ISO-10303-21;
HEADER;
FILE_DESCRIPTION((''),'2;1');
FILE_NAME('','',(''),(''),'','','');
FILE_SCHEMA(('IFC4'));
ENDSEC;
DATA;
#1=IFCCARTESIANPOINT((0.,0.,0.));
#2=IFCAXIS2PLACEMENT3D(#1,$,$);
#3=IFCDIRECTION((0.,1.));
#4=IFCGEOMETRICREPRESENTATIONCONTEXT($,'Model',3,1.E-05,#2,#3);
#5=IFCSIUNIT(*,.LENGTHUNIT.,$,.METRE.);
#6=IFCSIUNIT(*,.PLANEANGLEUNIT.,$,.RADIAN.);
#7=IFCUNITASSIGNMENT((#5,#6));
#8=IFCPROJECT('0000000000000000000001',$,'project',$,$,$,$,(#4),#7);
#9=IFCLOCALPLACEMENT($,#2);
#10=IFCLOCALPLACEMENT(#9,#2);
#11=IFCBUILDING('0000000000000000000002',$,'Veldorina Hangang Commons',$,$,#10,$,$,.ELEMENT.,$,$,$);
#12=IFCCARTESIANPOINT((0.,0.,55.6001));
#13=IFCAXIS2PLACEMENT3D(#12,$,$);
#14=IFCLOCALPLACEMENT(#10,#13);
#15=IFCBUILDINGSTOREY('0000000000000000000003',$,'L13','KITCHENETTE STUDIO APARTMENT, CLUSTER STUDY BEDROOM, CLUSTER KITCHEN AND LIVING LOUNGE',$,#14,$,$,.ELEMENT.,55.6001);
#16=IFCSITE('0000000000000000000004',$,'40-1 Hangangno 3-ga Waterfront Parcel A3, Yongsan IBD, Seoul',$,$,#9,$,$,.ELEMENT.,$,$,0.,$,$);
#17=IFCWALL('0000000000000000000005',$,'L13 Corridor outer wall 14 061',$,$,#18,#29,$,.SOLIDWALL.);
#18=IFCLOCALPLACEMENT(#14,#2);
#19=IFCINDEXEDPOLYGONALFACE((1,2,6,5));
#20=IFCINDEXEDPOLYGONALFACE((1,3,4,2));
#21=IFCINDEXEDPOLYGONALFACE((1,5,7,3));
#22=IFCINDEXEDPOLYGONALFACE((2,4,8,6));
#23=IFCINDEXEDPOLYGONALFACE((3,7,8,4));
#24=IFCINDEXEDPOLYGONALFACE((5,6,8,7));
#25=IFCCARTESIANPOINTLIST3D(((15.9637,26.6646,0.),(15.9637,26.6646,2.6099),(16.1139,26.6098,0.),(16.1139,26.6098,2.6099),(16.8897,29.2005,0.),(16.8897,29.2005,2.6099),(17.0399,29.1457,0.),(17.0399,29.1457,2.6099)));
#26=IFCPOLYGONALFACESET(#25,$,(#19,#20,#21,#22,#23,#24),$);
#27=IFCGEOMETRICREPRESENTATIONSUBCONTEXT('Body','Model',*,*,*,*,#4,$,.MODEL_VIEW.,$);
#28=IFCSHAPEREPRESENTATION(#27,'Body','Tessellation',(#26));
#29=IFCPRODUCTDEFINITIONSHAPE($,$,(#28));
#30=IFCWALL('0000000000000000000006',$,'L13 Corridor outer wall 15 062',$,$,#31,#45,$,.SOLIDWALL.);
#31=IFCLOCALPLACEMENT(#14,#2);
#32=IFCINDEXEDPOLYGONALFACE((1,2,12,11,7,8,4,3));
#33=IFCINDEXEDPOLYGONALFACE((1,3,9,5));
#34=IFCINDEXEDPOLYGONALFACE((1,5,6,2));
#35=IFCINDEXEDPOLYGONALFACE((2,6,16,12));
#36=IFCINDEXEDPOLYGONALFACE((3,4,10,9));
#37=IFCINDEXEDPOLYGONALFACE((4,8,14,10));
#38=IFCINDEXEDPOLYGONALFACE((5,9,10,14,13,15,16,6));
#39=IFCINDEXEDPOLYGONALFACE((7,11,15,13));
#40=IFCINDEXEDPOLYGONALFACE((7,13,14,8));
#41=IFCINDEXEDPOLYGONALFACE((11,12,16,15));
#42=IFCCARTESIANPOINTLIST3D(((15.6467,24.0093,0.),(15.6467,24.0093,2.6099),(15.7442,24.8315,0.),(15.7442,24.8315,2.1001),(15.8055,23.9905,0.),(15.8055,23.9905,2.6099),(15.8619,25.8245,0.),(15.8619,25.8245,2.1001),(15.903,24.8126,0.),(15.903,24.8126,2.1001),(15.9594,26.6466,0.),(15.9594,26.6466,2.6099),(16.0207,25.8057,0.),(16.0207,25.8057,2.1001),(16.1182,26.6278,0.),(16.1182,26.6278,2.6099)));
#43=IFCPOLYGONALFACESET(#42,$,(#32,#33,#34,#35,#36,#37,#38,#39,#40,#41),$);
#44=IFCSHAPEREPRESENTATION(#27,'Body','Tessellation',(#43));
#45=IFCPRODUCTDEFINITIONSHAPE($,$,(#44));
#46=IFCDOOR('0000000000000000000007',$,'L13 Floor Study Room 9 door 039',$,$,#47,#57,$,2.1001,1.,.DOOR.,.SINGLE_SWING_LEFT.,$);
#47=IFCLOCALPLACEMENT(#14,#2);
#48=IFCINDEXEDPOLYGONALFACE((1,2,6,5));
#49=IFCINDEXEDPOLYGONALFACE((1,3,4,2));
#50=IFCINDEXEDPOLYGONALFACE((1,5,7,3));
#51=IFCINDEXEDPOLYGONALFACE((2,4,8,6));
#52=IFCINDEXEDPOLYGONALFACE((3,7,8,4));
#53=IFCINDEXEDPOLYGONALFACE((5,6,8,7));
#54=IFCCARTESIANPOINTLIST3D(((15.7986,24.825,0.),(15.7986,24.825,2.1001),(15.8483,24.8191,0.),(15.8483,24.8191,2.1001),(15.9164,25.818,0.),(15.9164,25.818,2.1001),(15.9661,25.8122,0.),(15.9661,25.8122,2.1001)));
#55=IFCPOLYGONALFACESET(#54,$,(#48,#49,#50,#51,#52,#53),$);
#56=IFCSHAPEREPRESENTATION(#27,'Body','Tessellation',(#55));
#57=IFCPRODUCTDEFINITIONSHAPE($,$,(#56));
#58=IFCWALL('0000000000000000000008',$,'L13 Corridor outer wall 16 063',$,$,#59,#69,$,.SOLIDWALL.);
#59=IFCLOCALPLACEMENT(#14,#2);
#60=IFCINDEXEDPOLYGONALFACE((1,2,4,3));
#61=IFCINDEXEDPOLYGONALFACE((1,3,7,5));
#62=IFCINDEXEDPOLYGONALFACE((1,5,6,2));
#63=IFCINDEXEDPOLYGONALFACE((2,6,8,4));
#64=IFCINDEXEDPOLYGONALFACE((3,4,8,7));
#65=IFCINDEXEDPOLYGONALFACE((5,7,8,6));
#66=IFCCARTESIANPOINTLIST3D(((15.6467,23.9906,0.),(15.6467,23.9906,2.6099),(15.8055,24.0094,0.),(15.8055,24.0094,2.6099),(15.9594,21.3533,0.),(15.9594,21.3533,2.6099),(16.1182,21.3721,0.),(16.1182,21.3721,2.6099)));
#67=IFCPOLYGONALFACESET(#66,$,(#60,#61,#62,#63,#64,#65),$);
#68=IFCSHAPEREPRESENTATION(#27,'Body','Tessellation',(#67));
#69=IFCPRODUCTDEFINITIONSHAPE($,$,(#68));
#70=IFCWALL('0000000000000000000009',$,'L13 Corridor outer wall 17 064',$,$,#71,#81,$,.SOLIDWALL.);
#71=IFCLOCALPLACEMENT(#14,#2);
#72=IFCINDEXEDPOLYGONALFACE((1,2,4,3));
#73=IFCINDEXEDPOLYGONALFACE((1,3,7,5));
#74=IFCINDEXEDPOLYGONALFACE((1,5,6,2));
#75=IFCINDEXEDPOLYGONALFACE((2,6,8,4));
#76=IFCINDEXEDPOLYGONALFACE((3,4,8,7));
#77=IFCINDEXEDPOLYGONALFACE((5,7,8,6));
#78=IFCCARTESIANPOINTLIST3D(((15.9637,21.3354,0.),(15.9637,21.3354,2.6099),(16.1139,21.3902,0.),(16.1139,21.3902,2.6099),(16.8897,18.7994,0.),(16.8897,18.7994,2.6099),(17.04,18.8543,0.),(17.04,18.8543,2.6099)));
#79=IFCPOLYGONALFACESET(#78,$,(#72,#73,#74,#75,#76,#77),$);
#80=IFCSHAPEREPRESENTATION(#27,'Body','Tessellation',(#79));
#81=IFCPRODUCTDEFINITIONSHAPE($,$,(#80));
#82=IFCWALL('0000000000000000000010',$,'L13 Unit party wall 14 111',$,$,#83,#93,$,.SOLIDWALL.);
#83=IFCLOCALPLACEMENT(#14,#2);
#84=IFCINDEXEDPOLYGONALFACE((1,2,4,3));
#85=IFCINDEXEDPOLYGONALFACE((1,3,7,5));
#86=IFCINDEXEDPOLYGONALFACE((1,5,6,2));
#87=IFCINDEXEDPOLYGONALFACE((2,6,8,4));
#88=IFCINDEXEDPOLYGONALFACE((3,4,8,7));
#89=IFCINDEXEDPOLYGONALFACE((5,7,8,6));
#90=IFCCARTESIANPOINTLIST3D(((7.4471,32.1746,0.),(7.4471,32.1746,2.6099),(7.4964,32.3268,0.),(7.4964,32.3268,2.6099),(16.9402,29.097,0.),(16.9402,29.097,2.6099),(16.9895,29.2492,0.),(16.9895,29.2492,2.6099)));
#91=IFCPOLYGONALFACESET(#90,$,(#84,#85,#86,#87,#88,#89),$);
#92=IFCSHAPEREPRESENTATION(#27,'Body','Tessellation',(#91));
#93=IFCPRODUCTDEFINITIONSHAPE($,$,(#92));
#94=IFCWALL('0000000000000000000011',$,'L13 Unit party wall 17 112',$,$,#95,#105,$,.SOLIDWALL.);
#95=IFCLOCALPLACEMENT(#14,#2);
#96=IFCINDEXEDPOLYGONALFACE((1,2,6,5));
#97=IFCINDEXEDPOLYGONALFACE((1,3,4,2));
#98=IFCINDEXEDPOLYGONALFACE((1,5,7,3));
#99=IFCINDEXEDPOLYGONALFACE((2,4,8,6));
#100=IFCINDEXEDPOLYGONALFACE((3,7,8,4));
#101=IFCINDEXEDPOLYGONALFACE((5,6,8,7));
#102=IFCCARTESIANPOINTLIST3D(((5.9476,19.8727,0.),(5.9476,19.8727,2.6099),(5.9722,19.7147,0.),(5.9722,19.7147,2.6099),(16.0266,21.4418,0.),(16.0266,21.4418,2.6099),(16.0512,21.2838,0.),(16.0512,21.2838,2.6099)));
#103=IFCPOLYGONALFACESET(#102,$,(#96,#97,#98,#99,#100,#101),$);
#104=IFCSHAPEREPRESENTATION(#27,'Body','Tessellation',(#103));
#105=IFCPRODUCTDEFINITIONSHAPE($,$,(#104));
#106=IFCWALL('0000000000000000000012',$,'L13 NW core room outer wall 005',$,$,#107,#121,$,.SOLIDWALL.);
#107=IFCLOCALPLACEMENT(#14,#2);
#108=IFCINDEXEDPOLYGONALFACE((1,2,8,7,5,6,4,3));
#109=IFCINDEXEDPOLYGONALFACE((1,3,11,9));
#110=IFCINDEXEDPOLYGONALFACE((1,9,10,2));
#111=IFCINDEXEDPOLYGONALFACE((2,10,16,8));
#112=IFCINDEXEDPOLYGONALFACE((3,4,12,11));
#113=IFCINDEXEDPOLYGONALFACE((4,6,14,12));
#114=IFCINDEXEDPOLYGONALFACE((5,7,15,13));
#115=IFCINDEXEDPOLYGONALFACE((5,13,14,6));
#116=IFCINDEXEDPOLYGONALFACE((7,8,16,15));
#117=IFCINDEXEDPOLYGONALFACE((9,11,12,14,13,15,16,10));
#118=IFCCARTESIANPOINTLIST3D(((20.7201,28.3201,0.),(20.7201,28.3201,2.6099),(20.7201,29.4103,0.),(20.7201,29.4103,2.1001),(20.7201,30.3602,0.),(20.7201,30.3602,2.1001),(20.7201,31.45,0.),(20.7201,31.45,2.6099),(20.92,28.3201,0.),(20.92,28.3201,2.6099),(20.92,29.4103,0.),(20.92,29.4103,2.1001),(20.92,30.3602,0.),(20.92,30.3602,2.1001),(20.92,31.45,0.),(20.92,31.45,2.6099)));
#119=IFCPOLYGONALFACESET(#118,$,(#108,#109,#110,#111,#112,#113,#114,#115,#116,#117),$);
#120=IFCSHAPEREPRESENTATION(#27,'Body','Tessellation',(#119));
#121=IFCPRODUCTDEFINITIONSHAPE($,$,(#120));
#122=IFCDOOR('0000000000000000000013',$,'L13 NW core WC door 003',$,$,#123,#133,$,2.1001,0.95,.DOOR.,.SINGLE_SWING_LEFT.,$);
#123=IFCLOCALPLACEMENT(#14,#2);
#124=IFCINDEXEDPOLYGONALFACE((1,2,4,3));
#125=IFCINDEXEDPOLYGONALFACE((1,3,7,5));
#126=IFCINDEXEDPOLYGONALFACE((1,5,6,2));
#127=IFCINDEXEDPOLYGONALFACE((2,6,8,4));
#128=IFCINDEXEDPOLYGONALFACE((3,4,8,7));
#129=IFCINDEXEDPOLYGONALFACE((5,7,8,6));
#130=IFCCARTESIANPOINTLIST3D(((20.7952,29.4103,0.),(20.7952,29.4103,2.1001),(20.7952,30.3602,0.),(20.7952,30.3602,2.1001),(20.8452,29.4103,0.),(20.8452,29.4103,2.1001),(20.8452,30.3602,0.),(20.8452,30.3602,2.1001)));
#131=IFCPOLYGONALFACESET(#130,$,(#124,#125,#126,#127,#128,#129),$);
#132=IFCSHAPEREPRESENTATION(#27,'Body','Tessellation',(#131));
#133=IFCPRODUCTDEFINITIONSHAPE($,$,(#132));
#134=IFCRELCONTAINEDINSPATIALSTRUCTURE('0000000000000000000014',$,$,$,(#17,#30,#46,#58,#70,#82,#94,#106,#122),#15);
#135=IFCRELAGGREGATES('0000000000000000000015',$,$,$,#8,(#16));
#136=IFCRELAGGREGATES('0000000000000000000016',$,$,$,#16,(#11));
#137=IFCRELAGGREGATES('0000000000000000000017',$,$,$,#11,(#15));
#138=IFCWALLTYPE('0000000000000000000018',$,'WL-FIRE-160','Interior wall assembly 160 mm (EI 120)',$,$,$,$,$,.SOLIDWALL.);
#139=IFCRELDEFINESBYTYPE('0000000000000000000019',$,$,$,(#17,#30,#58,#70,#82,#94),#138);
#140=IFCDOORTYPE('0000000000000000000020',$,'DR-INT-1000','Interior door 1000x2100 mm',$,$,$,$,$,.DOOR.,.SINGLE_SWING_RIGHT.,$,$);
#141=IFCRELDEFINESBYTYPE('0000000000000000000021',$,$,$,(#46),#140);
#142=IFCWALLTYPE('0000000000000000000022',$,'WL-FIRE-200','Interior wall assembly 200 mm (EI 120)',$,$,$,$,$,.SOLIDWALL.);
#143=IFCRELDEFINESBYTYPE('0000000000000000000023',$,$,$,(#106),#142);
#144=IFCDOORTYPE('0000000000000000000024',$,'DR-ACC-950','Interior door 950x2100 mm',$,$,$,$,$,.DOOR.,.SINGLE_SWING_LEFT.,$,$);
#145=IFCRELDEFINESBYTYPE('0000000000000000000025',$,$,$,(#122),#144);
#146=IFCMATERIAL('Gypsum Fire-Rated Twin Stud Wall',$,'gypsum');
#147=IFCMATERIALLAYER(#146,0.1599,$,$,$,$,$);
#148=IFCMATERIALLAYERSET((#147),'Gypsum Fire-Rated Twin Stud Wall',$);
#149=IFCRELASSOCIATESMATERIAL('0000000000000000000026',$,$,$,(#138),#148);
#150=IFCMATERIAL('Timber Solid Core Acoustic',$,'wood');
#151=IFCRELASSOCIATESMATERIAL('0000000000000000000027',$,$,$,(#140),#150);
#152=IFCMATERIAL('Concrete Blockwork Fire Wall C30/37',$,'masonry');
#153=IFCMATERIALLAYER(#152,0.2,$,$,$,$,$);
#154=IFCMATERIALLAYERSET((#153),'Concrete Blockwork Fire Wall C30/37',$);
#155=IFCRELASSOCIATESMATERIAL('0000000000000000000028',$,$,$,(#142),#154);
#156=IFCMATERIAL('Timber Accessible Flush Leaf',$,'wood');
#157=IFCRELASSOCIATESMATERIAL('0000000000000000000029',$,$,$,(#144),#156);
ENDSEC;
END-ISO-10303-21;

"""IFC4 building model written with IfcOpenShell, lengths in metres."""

from ifc_helpers import new_model, si_unit, direction, frame, frame_2d, origin, place, context, subcontext, project, spatial, rectangle, extrude, material, layer, layer_set, type_object, element, fill, save


model = new_model("IFC4")

# Units and contexts
model_context = context("Model", 3, precision=1e-05, world=origin(), true_north=direction((0.0, 1.0)))
body_context = subcontext(model_context, "Body", "Model", "MODEL_VIEW")
ifc_project = project(units=[si_unit("LENGTHUNIT", "METRE"), si_unit("PLANEANGLEUNIT", "RADIAN")], contexts=[model_context])

# Site, building, storey
site_placement = place(None, origin())
site = spatial("IfcSite", under=ifc_project, at=site_placement, Name="40-1 Hangangno 3-ga Waterfront Parcel A3, Yongsan IBD, Seoul", CompositionType="ELEMENT", RefElevation=0.0)
building_placement = place(site_placement, origin())
building = spatial("IfcBuilding", under=site, at=building_placement, Name="Veldorina Hangang Commons", CompositionType="ELEMENT")
storey_placement = place(building_placement, frame((0.0, 0.0, 55.6001)))
storey = spatial("IfcBuildingStorey", under=building, at=storey_placement, Name="L13", Description="KITCHENETTE STUDIO APARTMENT, CLUSTER STUDY BEDROOM, CLUSTER KITCHEN AND LIVING LOUNGE", CompositionType="ELEMENT", Elevation=55.6001)

# Wall
ifc_material_1 = material(Name="Gypsum Fire-Rated Twin Stud Wall", Category="gypsum")
ifc_layer_1 = layer(ifc_material_1, 0.1599)
ifc_layer_set_1 = layer_set([ifc_layer_1], Name="Gypsum Fire-Rated Twin Stud Wall")
wall_type_1 = type_object("IfcWallType", Name="WL-FIRE-160", Description="Interior wall assembly 160 mm (EI 120)", PredefinedType="SOLIDWALL", material=ifc_layer_set_1)
wall_1_placement = place(storey_placement, frame((16.9648, 29.1731, 0.0), z_axis=(0.0, 0.0, 1.0), x_axis=(-0.343013, -0.93933, 0.0)))
element("IfcWall", 1, at=wall_1_placement, inside=storey, type_object=wall_type_1, Name="L13 Corridor outer wall 14 061", PredefinedType="SOLIDWALL", context=body_context, shape_type="SweptSolid", body=[
    extrude(rectangle(XDim=2.6997, YDim=0.1599, at=frame_2d((1.3499, 0.0))), origin(), (0.0, 0.0, 1.0), 2.6099),
])

# Wall, opening, door
wall_2_placement = place(storey_placement, frame((16.0388, 26.6372, 0.0), z_axis=(0.0, 0.0, 1.0), x_axis=(-0.117764, -0.993042, 0.0)))
wall_2 = element("IfcWall", 2, at=wall_2_placement, inside=storey, type_object=wall_type_1, Name="L13 Corridor outer wall 15 062", PredefinedType="SOLIDWALL", context=body_context, shape_type="SweptSolid", body=[
    extrude(rectangle(XDim=2.6558, YDim=0.1599, at=frame_2d((1.3279, 0.0))), origin(), (0.0, 0.0, 1.0), 2.6099),
])
opening_1_placement = place(wall_2_placement, frame((0.8279, 0.0, 0.0)))
opening_1 = element("IfcOpeningElement", 3, at=opening_1_placement, cuts=wall_2, PredefinedType="OPENING", context=body_context, shape_type="SweptSolid", body=[
    extrude(rectangle(XDim=1.0, YDim=2.1001, at=frame_2d((0.5, 1.05))), frame((0.0, 0.0898, 0.0), z_axis=(0.0, -1.0, 0.0), x_axis=(1.0, 0.0, 0.0)), (0.0, 0.0, 1.0), 0.1799),
])
ifc_material_2 = material(Name="Timber Solid Core Acoustic", Category="wood")
door_type_1 = type_object("IfcDoorType", Name="DR-INT-1000", Description="Interior door 1000x2100 mm", OperationType="SINGLE_SWING_RIGHT", PredefinedType="DOOR", material=ifc_material_2)
door_1_placement = place(opening_1_placement, origin())
door_1 = element("IfcDoor", 4, at=door_1_placement, inside=storey, type_object=door_type_1, Name="L13 Floor Study Room 9 door 039", OperationType="SINGLE_SWING_LEFT", OverallHeight=2.1001, OverallWidth=1.0, PredefinedType="DOOR", context=body_context, shape_type="SweptSolid", body=[
    extrude(rectangle(XDim=1.0, YDim=2.1001, at=frame_2d((0.5, 1.05))), frame((0.0, 0.0249, 0.0), z_axis=(0.0, -1.0, 0.0), x_axis=(1.0, 0.0, 0.0)), (0.0, 0.0, 1.0), 0.05),
])
fill(opening_1, door_1)

# Walls
wall_3_placement = place(storey_placement, frame((15.7261, 24.0, 0.0), z_axis=(0.0, 0.0, 1.0), x_axis=(0.117764, -0.993042, 0.0)))
element("IfcWall", 5, at=wall_3_placement, inside=storey, type_object=wall_type_1, Name="L13 Corridor outer wall 16 063", PredefinedType="SOLIDWALL", context=body_context, shape_type="SweptSolid", body=[
    extrude(rectangle(XDim=2.6558, YDim=0.1599, at=frame_2d((1.3279, 0.0))), origin(), (0.0, 0.0, 1.0), 2.6099),
])
wall_4_placement = place(storey_placement, frame((16.0388, 21.3628, 0.0), z_axis=(0.0, 0.0, 1.0), x_axis=(0.343013, -0.93933, 0.0)))
element("IfcWall", 6, at=wall_4_placement, inside=storey, type_object=wall_type_1, Name="L13 Corridor outer wall 17 064", PredefinedType="SOLIDWALL", context=body_context, shape_type="SweptSolid", body=[
    extrude(rectangle(XDim=2.6997, YDim=0.1599, at=frame_2d((1.3499, 0.0))), origin(), (0.0, 0.0, 1.0), 2.6099),
])
wall_5_placement = place(storey_placement, frame((16.9648, 29.1731, 0.0), z_axis=(0.0, 0.0, 1.0), x_axis=(-0.951259, 0.308393, 0.0)))
element("IfcWall", 7, at=wall_5_placement, inside=storey, type_object=wall_type_1, Name="L13 Unit party wall 14 111", PredefinedType="SOLIDWALL", context=body_context, shape_type="SweptSolid", body=[
    extrude(rectangle(XDim=9.9795, YDim=0.1599, at=frame_2d((4.9897, 0.0))), origin(), (0.0, 0.0, 1.0), 2.6099),
])
wall_6_placement = place(storey_placement, frame((16.0388, 21.3628, 0.0), z_axis=(0.0, 0.0, 1.0), x_axis=(-0.988098, -0.153825, 0.0)))
element("IfcWall", 8, at=wall_6_placement, inside=storey, type_object=wall_type_1, Name="L13 Unit party wall 17 112", PredefinedType="SOLIDWALL", context=body_context, shape_type="SweptSolid", body=[
    extrude(rectangle(XDim=10.2004, YDim=0.1599, at=frame_2d((5.1001, 0.0))), origin(), (0.0, 0.0, 1.0), 2.6099),
])

# Wall, opening, door
ifc_material_3 = material(Name="Concrete Blockwork Fire Wall C30/37", Category="masonry")
ifc_layer_2 = layer(ifc_material_3, 0.2)
ifc_layer_set_2 = layer_set([ifc_layer_2], Name="Concrete Blockwork Fire Wall C30/37")
wall_type_2 = type_object("IfcWallType", Name="WL-FIRE-200", Description="Interior wall assembly 200 mm (EI 120)", PredefinedType="SOLIDWALL", material=ifc_layer_set_2)
wall_7_placement = place(storey_placement, frame((20.8201, 28.3201, 0.0), z_axis=(0.0, 0.0, 1.0), x_axis=(0.0, 1.0, 0.0)))
wall_7 = element("IfcWall", 9, at=wall_7_placement, inside=storey, type_object=wall_type_2, Name="L13 NW core room outer wall 005", PredefinedType="SOLIDWALL", context=body_context, shape_type="SweptSolid", body=[
    extrude(rectangle(XDim=3.1299, YDim=0.2, at=frame_2d((1.5649, 0.0))), origin(), (0.0, 0.0, 1.0), 2.6099),
])
opening_2_placement = place(wall_7_placement, frame((1.0901, 0.0, 0.0)))
opening_2 = element("IfcOpeningElement", 10, at=opening_2_placement, cuts=wall_7, PredefinedType="OPENING", context=body_context, shape_type="SweptSolid", body=[
    extrude(rectangle(XDim=0.95, YDim=2.1001, at=frame_2d((0.4751, 1.05))), frame((0.0, 0.1099, 0.0), z_axis=(0.0, -1.0, 0.0), x_axis=(1.0, 0.0, 0.0)), (0.0, 0.0, 1.0), 0.22),
])
ifc_material_4 = material(Name="Timber Accessible Flush Leaf", Category="wood")
door_type_2 = type_object("IfcDoorType", Name="DR-ACC-950", Description="Interior door 950x2100 mm", OperationType="SINGLE_SWING_LEFT", PredefinedType="DOOR", material=ifc_material_4)
door_2_placement = place(opening_2_placement, origin())
door_2 = element("IfcDoor", 11, at=door_2_placement, inside=storey, type_object=door_type_2, Name="L13 NW core WC door 003", OperationType="SINGLE_SWING_LEFT", OverallHeight=2.1001, OverallWidth=0.95, PredefinedType="DOOR", context=body_context, shape_type="SweptSolid", body=[
    extrude(rectangle(XDim=0.95, YDim=2.1001, at=frame_2d((0.4751, 1.05))), frame((0.0, 0.0249, 0.0), z_axis=(0.0, -1.0, 0.0), x_axis=(1.0, 0.0, 0.0)), (0.0, 0.0, 1.0), 0.05),
])
fill(opening_2, door_2)

save(model, "model.ifc")
